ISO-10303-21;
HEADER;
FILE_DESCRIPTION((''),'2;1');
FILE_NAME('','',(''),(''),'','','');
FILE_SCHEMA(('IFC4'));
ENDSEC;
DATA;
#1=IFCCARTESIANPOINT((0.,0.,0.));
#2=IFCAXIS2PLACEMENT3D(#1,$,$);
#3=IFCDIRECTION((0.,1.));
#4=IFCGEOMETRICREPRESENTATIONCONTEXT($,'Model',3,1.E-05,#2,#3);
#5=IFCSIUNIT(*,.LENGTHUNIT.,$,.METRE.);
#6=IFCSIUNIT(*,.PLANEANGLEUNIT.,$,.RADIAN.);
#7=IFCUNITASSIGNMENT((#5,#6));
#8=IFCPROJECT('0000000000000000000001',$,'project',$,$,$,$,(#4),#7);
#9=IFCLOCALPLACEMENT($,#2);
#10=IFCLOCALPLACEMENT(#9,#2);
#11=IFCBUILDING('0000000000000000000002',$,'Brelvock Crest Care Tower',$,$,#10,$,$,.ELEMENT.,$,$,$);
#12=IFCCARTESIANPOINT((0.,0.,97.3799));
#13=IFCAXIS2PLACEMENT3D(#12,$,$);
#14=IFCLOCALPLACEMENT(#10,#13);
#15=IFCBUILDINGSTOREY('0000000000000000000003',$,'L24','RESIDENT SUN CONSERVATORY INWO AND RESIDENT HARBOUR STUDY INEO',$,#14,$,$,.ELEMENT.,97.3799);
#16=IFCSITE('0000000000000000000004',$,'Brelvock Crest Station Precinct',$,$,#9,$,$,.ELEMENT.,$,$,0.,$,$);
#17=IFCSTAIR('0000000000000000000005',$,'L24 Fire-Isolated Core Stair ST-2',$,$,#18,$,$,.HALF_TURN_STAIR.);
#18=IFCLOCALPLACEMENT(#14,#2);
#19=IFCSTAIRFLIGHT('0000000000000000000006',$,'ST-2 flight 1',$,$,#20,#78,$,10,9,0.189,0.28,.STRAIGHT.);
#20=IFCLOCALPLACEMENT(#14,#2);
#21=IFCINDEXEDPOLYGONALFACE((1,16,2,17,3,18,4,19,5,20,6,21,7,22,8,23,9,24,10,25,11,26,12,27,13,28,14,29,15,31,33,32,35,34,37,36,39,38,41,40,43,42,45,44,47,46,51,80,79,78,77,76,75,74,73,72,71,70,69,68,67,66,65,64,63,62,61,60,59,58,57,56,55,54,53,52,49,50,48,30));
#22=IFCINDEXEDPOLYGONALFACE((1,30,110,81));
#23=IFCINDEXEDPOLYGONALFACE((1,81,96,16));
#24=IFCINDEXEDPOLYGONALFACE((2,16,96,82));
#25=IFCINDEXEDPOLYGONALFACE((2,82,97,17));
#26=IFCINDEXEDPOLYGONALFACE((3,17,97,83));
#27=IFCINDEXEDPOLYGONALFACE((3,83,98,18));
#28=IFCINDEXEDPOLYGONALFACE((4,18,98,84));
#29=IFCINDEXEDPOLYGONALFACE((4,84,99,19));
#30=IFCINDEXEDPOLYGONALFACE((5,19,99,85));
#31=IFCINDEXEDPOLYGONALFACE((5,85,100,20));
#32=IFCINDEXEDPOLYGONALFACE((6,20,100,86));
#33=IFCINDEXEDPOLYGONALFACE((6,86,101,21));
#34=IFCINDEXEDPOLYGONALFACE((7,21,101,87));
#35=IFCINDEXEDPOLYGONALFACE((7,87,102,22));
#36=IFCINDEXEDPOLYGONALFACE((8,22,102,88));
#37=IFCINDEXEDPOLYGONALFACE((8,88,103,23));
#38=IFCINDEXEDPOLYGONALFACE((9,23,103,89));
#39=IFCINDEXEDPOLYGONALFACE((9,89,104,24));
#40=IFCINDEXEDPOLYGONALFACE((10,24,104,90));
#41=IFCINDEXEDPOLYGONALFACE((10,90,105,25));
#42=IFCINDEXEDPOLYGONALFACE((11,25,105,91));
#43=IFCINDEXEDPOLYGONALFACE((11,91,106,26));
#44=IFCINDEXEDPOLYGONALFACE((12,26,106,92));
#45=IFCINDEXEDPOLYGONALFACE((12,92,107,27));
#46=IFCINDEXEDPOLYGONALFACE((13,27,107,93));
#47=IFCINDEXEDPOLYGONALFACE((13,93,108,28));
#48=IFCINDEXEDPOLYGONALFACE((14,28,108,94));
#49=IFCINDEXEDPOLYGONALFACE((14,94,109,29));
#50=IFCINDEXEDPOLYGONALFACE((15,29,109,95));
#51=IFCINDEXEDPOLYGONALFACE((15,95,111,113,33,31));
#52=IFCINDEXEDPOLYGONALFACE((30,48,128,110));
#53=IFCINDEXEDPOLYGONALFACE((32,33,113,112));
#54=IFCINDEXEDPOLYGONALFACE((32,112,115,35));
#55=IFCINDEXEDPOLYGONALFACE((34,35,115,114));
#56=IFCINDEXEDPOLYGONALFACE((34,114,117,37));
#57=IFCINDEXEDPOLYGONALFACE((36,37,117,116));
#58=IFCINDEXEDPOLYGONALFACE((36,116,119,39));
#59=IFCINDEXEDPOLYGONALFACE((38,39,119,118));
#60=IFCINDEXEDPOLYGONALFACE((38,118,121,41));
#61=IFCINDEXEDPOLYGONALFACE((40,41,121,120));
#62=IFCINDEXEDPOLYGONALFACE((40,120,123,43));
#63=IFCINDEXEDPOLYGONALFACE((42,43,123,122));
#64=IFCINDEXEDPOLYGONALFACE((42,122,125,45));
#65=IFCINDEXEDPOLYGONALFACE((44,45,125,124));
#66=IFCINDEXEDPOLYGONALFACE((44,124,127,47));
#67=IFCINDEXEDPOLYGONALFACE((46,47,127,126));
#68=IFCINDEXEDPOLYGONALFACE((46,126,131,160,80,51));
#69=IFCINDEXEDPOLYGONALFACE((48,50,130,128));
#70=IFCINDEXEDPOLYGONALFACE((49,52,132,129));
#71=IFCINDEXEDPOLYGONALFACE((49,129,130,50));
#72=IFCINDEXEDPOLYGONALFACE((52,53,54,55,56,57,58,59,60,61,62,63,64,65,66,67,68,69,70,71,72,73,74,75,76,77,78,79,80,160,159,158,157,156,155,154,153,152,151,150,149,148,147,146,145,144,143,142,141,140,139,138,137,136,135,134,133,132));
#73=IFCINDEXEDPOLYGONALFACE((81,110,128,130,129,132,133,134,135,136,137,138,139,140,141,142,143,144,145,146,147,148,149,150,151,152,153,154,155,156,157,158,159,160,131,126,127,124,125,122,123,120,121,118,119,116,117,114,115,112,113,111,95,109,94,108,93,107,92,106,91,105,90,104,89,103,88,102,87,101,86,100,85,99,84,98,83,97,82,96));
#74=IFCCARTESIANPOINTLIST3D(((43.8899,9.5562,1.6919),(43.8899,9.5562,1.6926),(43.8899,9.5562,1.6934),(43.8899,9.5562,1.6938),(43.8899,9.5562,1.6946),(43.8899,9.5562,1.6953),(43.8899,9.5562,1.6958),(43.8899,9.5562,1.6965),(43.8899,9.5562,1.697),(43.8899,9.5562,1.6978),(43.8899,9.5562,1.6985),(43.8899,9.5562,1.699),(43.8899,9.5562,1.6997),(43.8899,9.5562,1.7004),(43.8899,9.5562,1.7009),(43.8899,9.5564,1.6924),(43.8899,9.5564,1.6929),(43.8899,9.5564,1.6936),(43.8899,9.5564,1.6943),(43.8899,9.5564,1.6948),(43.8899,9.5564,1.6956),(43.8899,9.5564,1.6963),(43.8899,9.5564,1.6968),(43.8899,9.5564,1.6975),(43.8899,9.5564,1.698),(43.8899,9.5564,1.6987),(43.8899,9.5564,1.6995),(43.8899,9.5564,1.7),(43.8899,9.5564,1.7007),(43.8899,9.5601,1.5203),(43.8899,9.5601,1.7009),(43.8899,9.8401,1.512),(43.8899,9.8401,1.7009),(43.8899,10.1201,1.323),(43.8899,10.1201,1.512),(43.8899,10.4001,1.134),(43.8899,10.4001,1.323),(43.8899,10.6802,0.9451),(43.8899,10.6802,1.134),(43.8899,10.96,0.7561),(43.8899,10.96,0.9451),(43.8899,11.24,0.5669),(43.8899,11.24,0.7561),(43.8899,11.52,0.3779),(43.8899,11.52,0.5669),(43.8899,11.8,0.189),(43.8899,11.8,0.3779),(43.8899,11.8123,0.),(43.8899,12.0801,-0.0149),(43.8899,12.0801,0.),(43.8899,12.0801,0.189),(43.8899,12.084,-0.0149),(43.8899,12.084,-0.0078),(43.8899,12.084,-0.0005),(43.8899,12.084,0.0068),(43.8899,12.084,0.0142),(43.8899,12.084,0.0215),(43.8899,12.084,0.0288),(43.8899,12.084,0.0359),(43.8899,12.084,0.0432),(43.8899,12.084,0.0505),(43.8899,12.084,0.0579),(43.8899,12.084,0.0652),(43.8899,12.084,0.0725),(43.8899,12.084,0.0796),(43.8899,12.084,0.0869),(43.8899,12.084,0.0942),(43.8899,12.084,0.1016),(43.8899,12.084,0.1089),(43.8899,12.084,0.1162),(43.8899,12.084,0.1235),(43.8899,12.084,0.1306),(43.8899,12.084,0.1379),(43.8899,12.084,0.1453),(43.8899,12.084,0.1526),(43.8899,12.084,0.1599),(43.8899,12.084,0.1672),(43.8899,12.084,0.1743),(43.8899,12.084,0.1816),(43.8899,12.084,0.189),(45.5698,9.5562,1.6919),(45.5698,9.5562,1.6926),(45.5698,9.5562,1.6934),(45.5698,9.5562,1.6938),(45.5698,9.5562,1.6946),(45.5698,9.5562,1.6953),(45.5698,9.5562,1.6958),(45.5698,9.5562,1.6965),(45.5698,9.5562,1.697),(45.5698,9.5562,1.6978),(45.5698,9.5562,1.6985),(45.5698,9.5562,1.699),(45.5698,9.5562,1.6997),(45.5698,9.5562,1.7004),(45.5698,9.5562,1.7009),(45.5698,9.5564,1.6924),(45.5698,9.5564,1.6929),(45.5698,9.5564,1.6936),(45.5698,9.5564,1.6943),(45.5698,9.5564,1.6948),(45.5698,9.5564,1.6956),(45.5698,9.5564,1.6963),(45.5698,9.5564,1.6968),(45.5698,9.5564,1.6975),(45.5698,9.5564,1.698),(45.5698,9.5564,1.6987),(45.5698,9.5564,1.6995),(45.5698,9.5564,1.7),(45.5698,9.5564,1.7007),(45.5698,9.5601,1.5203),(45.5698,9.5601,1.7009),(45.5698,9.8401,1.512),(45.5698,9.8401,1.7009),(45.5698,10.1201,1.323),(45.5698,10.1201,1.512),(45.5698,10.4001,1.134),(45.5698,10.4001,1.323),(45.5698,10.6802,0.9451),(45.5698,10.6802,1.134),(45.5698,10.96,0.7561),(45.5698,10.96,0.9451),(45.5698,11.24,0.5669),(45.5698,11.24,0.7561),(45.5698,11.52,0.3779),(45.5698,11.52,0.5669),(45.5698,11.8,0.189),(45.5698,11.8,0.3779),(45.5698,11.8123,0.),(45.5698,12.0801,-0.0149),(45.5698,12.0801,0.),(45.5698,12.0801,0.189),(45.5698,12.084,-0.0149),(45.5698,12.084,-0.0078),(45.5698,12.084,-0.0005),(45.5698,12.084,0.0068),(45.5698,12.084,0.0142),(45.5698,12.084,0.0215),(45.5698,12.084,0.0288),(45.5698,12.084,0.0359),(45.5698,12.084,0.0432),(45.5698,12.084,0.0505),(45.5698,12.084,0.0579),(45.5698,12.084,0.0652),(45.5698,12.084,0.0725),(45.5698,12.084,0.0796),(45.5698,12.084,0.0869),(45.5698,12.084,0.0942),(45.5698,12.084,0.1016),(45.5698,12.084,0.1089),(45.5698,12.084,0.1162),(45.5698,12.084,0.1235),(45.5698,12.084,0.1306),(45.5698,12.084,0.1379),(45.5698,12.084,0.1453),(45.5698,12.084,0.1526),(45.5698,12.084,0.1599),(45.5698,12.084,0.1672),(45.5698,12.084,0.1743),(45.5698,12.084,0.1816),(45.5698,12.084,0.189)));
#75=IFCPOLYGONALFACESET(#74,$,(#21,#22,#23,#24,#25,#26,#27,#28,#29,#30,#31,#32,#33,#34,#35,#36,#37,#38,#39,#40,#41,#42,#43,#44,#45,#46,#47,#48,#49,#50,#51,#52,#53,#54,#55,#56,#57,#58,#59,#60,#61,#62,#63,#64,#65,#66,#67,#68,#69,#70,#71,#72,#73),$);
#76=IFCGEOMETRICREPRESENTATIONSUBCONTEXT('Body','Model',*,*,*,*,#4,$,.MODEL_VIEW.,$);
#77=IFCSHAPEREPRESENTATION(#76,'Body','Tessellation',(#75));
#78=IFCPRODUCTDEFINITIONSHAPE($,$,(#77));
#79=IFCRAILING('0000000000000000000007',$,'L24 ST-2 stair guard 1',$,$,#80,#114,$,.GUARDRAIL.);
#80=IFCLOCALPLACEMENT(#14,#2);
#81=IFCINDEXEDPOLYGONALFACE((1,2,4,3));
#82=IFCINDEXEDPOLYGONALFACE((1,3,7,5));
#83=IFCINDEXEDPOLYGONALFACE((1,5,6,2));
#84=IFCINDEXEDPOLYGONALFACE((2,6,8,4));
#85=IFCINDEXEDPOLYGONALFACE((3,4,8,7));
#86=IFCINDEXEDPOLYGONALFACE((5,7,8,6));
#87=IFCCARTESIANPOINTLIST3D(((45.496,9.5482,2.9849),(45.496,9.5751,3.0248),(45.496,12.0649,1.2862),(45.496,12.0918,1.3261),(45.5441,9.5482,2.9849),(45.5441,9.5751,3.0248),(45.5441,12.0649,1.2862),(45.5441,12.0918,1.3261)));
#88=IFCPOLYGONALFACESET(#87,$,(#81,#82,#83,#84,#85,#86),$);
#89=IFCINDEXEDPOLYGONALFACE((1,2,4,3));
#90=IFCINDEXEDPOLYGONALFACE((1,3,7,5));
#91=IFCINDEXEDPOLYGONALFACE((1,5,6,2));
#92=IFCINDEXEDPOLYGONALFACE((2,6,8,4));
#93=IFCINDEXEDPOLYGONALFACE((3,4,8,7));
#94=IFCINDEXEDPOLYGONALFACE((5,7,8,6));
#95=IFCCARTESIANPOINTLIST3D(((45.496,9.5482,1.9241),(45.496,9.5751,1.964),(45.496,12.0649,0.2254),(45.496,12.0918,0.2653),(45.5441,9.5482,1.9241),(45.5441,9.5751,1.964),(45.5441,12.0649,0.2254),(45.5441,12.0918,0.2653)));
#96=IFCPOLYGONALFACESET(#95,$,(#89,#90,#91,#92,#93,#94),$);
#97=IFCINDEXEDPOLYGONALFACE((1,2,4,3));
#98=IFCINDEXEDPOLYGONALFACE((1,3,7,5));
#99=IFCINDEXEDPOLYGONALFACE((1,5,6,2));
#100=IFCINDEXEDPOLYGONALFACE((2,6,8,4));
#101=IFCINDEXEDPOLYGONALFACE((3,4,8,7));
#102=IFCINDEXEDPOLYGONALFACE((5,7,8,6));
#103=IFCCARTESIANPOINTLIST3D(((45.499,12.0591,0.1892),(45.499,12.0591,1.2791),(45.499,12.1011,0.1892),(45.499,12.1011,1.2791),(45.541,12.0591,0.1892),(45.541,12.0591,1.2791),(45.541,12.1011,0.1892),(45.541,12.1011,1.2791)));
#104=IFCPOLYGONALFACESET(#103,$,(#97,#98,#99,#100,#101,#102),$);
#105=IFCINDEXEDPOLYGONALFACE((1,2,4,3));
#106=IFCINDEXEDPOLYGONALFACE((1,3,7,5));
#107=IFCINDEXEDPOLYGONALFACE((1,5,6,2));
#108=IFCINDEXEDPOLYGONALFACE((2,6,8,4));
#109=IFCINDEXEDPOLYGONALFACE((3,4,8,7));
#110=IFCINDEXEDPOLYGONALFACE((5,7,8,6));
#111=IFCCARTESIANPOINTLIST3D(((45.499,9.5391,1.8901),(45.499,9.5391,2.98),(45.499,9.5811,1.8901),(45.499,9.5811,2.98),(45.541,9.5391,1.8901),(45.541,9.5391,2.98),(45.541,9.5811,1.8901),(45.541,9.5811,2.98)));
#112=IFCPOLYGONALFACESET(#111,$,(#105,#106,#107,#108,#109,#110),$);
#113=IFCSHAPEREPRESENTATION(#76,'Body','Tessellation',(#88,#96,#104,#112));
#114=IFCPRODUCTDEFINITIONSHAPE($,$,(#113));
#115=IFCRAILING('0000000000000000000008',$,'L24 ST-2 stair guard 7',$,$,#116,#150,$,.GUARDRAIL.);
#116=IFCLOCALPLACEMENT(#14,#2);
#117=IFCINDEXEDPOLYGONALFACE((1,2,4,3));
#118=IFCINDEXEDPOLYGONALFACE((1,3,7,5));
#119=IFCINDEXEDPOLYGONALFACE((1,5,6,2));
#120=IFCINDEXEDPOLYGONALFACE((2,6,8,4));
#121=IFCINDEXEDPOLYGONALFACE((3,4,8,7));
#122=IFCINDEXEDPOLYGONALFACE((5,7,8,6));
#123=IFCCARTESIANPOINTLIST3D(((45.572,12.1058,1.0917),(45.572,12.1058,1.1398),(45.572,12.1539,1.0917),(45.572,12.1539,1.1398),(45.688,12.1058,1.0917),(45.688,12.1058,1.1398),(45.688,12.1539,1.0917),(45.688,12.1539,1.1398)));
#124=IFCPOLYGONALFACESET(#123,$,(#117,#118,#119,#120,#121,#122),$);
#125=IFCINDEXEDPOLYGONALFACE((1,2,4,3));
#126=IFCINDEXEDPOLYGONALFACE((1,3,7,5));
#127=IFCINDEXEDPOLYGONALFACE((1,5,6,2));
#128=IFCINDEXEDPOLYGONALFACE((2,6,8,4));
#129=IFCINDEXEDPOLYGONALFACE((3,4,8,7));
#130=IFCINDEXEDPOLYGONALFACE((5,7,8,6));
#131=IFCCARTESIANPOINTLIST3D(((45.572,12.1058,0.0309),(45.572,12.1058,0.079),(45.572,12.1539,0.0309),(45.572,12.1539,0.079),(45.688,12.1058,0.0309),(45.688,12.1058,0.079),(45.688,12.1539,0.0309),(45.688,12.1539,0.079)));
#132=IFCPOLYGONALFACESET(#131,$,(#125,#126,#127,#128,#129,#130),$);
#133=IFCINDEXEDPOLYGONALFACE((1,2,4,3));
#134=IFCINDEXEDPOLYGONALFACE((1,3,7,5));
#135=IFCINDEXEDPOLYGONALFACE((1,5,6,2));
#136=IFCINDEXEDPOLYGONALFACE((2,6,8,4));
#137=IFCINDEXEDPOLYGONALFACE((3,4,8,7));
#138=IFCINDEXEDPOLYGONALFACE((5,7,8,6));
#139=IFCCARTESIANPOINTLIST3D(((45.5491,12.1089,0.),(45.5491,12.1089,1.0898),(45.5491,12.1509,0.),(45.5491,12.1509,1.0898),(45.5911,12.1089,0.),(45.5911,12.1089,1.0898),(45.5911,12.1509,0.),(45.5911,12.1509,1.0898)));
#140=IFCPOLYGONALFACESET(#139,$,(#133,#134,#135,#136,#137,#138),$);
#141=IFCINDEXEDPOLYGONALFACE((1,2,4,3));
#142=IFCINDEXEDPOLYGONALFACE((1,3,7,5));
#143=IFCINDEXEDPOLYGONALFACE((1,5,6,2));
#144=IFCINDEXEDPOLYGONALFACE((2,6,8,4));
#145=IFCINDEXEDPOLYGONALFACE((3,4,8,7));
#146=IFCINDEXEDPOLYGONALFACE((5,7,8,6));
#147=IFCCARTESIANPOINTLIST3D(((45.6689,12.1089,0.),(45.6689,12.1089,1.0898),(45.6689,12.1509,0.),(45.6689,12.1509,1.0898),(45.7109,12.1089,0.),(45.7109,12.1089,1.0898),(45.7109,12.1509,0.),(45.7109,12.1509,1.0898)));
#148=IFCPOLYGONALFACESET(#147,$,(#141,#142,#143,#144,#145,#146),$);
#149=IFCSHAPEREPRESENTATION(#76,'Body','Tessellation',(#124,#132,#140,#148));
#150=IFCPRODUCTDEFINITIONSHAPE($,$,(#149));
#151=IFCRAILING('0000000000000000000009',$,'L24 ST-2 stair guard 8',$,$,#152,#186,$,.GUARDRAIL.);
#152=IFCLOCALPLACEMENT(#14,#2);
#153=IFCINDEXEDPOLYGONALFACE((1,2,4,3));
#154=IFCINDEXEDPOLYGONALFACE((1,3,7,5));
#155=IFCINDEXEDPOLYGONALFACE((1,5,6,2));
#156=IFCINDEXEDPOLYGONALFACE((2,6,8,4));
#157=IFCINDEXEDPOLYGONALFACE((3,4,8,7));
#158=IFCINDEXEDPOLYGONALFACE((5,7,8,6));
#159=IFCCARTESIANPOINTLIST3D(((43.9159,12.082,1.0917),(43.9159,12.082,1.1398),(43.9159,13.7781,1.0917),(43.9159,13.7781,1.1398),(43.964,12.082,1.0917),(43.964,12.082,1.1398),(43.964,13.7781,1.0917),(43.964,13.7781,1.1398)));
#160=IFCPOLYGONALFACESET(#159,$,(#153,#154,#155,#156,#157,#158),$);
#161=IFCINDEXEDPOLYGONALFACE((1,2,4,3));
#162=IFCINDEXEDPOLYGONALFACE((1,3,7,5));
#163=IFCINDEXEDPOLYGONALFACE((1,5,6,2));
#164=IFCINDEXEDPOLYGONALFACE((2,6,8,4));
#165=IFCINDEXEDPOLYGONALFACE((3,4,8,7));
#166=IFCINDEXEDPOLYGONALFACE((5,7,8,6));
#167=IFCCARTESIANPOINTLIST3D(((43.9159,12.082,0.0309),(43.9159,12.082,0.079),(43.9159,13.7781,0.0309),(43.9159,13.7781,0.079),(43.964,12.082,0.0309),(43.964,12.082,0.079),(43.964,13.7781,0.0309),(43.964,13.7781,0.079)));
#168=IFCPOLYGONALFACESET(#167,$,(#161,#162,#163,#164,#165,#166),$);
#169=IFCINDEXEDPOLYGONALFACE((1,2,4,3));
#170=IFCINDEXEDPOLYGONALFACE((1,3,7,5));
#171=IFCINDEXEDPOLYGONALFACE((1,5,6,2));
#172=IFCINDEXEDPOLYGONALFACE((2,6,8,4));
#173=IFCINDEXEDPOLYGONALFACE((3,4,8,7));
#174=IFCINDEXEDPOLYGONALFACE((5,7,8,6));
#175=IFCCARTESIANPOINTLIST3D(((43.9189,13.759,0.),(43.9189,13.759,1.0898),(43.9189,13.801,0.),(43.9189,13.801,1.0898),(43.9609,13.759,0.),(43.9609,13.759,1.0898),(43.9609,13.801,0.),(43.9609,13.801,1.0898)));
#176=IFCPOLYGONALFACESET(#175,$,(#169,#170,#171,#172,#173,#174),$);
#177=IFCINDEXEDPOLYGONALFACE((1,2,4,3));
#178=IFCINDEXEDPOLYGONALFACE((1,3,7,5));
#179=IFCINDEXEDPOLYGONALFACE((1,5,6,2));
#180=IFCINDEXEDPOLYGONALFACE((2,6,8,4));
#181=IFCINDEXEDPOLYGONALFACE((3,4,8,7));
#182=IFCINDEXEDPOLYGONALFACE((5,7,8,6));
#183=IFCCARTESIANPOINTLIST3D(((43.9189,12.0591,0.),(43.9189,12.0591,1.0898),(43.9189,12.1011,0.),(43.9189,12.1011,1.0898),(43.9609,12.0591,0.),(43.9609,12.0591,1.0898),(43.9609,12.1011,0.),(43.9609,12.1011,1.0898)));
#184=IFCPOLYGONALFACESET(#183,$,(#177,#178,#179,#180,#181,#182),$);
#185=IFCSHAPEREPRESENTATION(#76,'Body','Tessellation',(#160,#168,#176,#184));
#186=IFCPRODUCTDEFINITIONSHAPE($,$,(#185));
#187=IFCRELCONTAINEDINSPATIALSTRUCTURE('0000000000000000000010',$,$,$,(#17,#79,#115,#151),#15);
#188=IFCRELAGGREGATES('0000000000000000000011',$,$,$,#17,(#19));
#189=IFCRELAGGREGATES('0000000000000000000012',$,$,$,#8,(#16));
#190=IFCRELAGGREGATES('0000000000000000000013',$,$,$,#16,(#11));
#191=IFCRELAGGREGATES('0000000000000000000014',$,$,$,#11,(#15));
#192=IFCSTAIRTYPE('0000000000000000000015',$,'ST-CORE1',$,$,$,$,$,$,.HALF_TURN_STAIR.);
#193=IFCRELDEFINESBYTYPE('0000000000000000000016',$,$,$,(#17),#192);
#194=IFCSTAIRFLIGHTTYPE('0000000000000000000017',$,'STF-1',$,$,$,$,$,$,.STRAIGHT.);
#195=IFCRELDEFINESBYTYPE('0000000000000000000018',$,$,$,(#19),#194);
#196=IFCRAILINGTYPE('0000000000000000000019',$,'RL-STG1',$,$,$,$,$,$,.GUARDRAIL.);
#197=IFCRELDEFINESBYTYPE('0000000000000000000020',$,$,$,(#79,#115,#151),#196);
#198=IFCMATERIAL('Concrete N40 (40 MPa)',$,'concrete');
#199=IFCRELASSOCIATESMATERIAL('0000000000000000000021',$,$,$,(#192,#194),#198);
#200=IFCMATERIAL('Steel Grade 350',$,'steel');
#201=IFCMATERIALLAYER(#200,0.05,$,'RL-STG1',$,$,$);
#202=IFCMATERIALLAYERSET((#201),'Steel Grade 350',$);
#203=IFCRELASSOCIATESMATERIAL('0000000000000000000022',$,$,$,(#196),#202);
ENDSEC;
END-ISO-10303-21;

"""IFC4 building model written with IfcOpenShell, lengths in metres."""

from ifc_helpers import new_model, si_unit, direction, frame, origin, origin_2d, place, context, subcontext, project, spatial, polyline, rectangle, outline, extrude, material, layer, layer_set, type_object, element, aggregate, save


model = new_model("IFC4")

# Units and contexts
model_context = context("Model", 3, precision=1e-05, world=origin(), true_north=direction((0.0, 1.0)))
body_context = subcontext(model_context, "Body", "Model", "MODEL_VIEW")
ifc_project = project(units=[si_unit("LENGTHUNIT", "METRE"), si_unit("PLANEANGLEUNIT", "RADIAN")], contexts=[model_context])

# Site, building, storey
site_placement = place(None, origin())
site = spatial("IfcSite", under=ifc_project, at=site_placement, Name="Brelvock Crest Station Precinct", CompositionType="ELEMENT", RefElevation=0.0)
building_placement = place(site_placement, origin())
building = spatial("IfcBuilding", under=site, at=building_placement, Name="Brelvock Crest Care Tower", CompositionType="ELEMENT")
storey_placement = place(building_placement, frame((0.0, 0.0, 97.3799)))
storey = spatial("IfcBuildingStorey", under=building, at=storey_placement, Name="L24", Description="RESIDENT SUN CONSERVATORY INWO AND RESIDENT HARBOUR STUDY INEO", CompositionType="ELEMENT", Elevation=97.3799)

# Shared definitions
ifc_material_1 = material(Name="Steel Grade 350", Category="steel")

# Stair, stair flight
ifc_material_2 = material(Name="Concrete N40 (40 MPa)", Category="concrete")
stair_type = type_object("IfcStairType", Name="ST-CORE1", PredefinedType="HALF_TURN_STAIR", material=ifc_material_2)
stair_placement = place(storey_placement, origin())
stair = element("IfcStair", 1, at=stair_placement, inside=storey, type_object=stair_type, Name="L24 Fire-Isolated Core Stair ST-2", PredefinedType="HALF_TURN_STAIR")
stair_flight_type = type_object("IfcStairFlightType", Name="STF-1", PredefinedType="STRAIGHT", material=ifc_material_2)
stair_flight_placement = place(storey_placement, frame((44.73, 12.0801, 0.0), z_axis=(0.0, 0.0, 1.0), x_axis=(0.0, -1.0, 0.0)))
stair_flight = element("IfcStairFlight", 2, at=stair_flight_placement, type_object=stair_flight_type, Name="ST-2 flight 1", NumberOfRisers=10, NumberOfTreads=9, PredefinedType="STRAIGHT", RiserHeight=0.189, TreadLength=0.28, context=body_context, shape_type="SweptSolid", body=[
    extrude(outline(polyline([(-0.0039, -0.0149), (-0.0039, -0.0078), (-0.0039, -0.0005), (-0.0039, 0.0068), (-0.0039, 0.0142), (-0.0039, 0.0215), (-0.0039, 0.0288), (-0.0039, 0.0359), (-0.0039, 0.0432), (-0.0039, 0.0505), (-0.0039, 0.0579), (-0.0039, 0.0652), (-0.0039, 0.0725), (-0.0039, 0.0796), (-0.0039, 0.0869), (-0.0039, 0.0942), (-0.0039, 0.1016), (-0.0039, 0.1089), (-0.0039, 0.1162), (-0.0039, 0.1235), (-0.0039, 0.1306), (-0.0039, 0.1379), (-0.0039, 0.1453), (-0.0039, 0.1526), (-0.0039, 0.1599), (-0.0039, 0.1672), (-0.0039, 0.1743), (-0.0039, 0.1816), (-0.0039, 0.189), (0.0, 0.189), (0.28, 0.189), (0.28, 0.3779), (0.5601, 0.3779), (0.5601, 0.5669), (0.8401, 0.5669), (0.8401, 0.7561), (1.1201, 0.7561), (1.1201, 0.9451), (1.3999, 0.9451), (1.3999, 1.134), (1.6799, 1.134), (1.6799, 1.323), (1.96, 1.323), (1.96, 1.512), (2.24, 1.512), (2.24, 1.7009), (2.52, 1.7009), (2.5239, 1.7009), (2.5237, 1.7007), (2.5239, 1.7004), (2.5237, 1.7), (2.5239, 1.6997), (2.5237, 1.6995), (2.5239, 1.699), (2.5237, 1.6987), (2.5239, 1.6985), (2.5237, 1.698), (2.5239, 1.6978), (2.5237, 1.6975), (2.5239, 1.697), (2.5237, 1.6968), (2.5239, 1.6965), (2.5237, 1.6963), (2.5239, 1.6958), (2.5237, 1.6956), (2.5239, 1.6953), (2.5237, 1.6948), (2.5239, 1.6946), (2.5237, 1.6943), (2.5239, 1.6938), (2.5237, 1.6936), (2.5239, 1.6934), (2.5237, 1.6929), (2.5239, 1.6926), (2.5237, 1.6924), (2.5239, 1.6919), (2.52, 1.5203), (0.2678, 0.0), (0.0, 0.0), (0.0, -0.0149), (-0.0039, -0.0149)])), frame((0.0, 0.8398, 0.0), z_axis=(0.0, -1.0, 0.0), x_axis=(1.0, 0.0, 0.0)), (0.0, 0.0, 1.0), 1.6799),
])
aggregate(stair, [stair_flight])

# Railings
ifc_layer_1 = layer(ifc_material_1, 0.05, Name="RL-STG1")
ifc_layer_set_1 = layer_set([ifc_layer_1], Name="Steel Grade 350")
railing_type_1 = type_object("IfcRailingType", Name="RL-STG1", PredefinedType="GUARDRAIL", material=ifc_layer_set_1)
railing_1_placement = place(storey_placement, frame((45.52, 12.0801, 0.1892)))
element("IfcRailing", 3, at=railing_1_placement, inside=storey, type_object=railing_type_1, Name="L24 ST-2 stair guard 1", PredefinedType="GUARDRAIL", context=body_context, shape_type="SweptSolid", body=[
    extrude(rectangle(XDim=0.0481, YDim=0.0481, at=origin_2d()), frame((0.0, -0.0017, 1.1169), z_axis=(0.0, -0.828862, 0.559454), x_axis=(1.0, 0.0, 0.0)), (0.0, 0.0, 1.0), 3.0364),
    extrude(rectangle(XDim=0.0481, YDim=0.0481, at=origin_2d()), frame((0.0, -0.0017, 0.0562), z_axis=(0.0, -0.828862, 0.559454), x_axis=(1.0, 0.0, 0.0)), (0.0, 0.0, 1.0), 3.0364),
    extrude(rectangle(XDim=0.042, YDim=0.042, at=origin_2d()), origin(), (0.0, 0.0, 1.0), 1.0898),
    extrude(rectangle(XDim=0.042, YDim=0.042, at=origin_2d()), frame((0.0, -2.52, 1.7009)), (0.0, 0.0, 1.0), 1.0898),
])
railing_2_placement = place(storey_placement, frame((45.5701, 12.1299, 0.0)))
element("IfcRailing", 4, at=railing_2_placement, inside=storey, type_object=railing_type_1, Name="L24 ST-2 stair guard 7", PredefinedType="GUARDRAIL", context=body_context, shape_type="SweptSolid", body=[
    extrude(rectangle(XDim=0.0481, YDim=0.0481, at=origin_2d()), frame((0.002, 0.0, 1.1157), z_axis=(1.0, 0.0, 0.0), x_axis=(0.0, 1.0, 0.0)), (0.0, 0.0, 1.0), 0.116),
    extrude(rectangle(XDim=0.0481, YDim=0.0481, at=origin_2d()), frame((0.002, 0.0, 0.0549), z_axis=(1.0, 0.0, 0.0), x_axis=(0.0, 1.0, 0.0)), (0.0, 0.0, 1.0), 0.116),
    extrude(rectangle(XDim=0.042, YDim=0.042, at=origin_2d()), origin(), (0.0, 0.0, 1.0), 1.0898),
    extrude(rectangle(XDim=0.042, YDim=0.042, at=origin_2d()), frame((0.1199, 0.0, 0.0)), (0.0, 0.0, 1.0), 1.0898),
])
for number, where, name in (
    (5, (43.9399, 13.78, 0.0), "L24 ST-2 stair guard 8"),
):
    element("IfcRailing", number, at=place(storey_placement, frame(where)), inside=storey, type_object=railing_type_1, Name=name, PredefinedType="GUARDRAIL", context=body_context, shape_type="SweptSolid", body=[
        extrude(rectangle(XDim=0.0481, YDim=0.0481, at=origin_2d()), frame((0.0, -0.002, 1.1157), z_axis=(0.0, -1.0, 0.0), x_axis=(1.0, 0.0, 0.0)), (0.0, 0.0, 1.0), 1.696),
        extrude(rectangle(XDim=0.0481, YDim=0.0481, at=origin_2d()), frame((0.0, -0.002, 0.0549), z_axis=(0.0, -1.0, 0.0), x_axis=(1.0, 0.0, 0.0)), (0.0, 0.0, 1.0), 1.696),
        extrude(rectangle(XDim=0.042, YDim=0.042, at=origin_2d()), origin(), (0.0, 0.0, 1.0), 1.0898),
        extrude(rectangle(XDim=0.042, YDim=0.042, at=origin_2d()), frame((0.0, -1.7, 0.0)), (0.0, 0.0, 1.0), 1.0898),
    ])

save(model, "model.ifc")
